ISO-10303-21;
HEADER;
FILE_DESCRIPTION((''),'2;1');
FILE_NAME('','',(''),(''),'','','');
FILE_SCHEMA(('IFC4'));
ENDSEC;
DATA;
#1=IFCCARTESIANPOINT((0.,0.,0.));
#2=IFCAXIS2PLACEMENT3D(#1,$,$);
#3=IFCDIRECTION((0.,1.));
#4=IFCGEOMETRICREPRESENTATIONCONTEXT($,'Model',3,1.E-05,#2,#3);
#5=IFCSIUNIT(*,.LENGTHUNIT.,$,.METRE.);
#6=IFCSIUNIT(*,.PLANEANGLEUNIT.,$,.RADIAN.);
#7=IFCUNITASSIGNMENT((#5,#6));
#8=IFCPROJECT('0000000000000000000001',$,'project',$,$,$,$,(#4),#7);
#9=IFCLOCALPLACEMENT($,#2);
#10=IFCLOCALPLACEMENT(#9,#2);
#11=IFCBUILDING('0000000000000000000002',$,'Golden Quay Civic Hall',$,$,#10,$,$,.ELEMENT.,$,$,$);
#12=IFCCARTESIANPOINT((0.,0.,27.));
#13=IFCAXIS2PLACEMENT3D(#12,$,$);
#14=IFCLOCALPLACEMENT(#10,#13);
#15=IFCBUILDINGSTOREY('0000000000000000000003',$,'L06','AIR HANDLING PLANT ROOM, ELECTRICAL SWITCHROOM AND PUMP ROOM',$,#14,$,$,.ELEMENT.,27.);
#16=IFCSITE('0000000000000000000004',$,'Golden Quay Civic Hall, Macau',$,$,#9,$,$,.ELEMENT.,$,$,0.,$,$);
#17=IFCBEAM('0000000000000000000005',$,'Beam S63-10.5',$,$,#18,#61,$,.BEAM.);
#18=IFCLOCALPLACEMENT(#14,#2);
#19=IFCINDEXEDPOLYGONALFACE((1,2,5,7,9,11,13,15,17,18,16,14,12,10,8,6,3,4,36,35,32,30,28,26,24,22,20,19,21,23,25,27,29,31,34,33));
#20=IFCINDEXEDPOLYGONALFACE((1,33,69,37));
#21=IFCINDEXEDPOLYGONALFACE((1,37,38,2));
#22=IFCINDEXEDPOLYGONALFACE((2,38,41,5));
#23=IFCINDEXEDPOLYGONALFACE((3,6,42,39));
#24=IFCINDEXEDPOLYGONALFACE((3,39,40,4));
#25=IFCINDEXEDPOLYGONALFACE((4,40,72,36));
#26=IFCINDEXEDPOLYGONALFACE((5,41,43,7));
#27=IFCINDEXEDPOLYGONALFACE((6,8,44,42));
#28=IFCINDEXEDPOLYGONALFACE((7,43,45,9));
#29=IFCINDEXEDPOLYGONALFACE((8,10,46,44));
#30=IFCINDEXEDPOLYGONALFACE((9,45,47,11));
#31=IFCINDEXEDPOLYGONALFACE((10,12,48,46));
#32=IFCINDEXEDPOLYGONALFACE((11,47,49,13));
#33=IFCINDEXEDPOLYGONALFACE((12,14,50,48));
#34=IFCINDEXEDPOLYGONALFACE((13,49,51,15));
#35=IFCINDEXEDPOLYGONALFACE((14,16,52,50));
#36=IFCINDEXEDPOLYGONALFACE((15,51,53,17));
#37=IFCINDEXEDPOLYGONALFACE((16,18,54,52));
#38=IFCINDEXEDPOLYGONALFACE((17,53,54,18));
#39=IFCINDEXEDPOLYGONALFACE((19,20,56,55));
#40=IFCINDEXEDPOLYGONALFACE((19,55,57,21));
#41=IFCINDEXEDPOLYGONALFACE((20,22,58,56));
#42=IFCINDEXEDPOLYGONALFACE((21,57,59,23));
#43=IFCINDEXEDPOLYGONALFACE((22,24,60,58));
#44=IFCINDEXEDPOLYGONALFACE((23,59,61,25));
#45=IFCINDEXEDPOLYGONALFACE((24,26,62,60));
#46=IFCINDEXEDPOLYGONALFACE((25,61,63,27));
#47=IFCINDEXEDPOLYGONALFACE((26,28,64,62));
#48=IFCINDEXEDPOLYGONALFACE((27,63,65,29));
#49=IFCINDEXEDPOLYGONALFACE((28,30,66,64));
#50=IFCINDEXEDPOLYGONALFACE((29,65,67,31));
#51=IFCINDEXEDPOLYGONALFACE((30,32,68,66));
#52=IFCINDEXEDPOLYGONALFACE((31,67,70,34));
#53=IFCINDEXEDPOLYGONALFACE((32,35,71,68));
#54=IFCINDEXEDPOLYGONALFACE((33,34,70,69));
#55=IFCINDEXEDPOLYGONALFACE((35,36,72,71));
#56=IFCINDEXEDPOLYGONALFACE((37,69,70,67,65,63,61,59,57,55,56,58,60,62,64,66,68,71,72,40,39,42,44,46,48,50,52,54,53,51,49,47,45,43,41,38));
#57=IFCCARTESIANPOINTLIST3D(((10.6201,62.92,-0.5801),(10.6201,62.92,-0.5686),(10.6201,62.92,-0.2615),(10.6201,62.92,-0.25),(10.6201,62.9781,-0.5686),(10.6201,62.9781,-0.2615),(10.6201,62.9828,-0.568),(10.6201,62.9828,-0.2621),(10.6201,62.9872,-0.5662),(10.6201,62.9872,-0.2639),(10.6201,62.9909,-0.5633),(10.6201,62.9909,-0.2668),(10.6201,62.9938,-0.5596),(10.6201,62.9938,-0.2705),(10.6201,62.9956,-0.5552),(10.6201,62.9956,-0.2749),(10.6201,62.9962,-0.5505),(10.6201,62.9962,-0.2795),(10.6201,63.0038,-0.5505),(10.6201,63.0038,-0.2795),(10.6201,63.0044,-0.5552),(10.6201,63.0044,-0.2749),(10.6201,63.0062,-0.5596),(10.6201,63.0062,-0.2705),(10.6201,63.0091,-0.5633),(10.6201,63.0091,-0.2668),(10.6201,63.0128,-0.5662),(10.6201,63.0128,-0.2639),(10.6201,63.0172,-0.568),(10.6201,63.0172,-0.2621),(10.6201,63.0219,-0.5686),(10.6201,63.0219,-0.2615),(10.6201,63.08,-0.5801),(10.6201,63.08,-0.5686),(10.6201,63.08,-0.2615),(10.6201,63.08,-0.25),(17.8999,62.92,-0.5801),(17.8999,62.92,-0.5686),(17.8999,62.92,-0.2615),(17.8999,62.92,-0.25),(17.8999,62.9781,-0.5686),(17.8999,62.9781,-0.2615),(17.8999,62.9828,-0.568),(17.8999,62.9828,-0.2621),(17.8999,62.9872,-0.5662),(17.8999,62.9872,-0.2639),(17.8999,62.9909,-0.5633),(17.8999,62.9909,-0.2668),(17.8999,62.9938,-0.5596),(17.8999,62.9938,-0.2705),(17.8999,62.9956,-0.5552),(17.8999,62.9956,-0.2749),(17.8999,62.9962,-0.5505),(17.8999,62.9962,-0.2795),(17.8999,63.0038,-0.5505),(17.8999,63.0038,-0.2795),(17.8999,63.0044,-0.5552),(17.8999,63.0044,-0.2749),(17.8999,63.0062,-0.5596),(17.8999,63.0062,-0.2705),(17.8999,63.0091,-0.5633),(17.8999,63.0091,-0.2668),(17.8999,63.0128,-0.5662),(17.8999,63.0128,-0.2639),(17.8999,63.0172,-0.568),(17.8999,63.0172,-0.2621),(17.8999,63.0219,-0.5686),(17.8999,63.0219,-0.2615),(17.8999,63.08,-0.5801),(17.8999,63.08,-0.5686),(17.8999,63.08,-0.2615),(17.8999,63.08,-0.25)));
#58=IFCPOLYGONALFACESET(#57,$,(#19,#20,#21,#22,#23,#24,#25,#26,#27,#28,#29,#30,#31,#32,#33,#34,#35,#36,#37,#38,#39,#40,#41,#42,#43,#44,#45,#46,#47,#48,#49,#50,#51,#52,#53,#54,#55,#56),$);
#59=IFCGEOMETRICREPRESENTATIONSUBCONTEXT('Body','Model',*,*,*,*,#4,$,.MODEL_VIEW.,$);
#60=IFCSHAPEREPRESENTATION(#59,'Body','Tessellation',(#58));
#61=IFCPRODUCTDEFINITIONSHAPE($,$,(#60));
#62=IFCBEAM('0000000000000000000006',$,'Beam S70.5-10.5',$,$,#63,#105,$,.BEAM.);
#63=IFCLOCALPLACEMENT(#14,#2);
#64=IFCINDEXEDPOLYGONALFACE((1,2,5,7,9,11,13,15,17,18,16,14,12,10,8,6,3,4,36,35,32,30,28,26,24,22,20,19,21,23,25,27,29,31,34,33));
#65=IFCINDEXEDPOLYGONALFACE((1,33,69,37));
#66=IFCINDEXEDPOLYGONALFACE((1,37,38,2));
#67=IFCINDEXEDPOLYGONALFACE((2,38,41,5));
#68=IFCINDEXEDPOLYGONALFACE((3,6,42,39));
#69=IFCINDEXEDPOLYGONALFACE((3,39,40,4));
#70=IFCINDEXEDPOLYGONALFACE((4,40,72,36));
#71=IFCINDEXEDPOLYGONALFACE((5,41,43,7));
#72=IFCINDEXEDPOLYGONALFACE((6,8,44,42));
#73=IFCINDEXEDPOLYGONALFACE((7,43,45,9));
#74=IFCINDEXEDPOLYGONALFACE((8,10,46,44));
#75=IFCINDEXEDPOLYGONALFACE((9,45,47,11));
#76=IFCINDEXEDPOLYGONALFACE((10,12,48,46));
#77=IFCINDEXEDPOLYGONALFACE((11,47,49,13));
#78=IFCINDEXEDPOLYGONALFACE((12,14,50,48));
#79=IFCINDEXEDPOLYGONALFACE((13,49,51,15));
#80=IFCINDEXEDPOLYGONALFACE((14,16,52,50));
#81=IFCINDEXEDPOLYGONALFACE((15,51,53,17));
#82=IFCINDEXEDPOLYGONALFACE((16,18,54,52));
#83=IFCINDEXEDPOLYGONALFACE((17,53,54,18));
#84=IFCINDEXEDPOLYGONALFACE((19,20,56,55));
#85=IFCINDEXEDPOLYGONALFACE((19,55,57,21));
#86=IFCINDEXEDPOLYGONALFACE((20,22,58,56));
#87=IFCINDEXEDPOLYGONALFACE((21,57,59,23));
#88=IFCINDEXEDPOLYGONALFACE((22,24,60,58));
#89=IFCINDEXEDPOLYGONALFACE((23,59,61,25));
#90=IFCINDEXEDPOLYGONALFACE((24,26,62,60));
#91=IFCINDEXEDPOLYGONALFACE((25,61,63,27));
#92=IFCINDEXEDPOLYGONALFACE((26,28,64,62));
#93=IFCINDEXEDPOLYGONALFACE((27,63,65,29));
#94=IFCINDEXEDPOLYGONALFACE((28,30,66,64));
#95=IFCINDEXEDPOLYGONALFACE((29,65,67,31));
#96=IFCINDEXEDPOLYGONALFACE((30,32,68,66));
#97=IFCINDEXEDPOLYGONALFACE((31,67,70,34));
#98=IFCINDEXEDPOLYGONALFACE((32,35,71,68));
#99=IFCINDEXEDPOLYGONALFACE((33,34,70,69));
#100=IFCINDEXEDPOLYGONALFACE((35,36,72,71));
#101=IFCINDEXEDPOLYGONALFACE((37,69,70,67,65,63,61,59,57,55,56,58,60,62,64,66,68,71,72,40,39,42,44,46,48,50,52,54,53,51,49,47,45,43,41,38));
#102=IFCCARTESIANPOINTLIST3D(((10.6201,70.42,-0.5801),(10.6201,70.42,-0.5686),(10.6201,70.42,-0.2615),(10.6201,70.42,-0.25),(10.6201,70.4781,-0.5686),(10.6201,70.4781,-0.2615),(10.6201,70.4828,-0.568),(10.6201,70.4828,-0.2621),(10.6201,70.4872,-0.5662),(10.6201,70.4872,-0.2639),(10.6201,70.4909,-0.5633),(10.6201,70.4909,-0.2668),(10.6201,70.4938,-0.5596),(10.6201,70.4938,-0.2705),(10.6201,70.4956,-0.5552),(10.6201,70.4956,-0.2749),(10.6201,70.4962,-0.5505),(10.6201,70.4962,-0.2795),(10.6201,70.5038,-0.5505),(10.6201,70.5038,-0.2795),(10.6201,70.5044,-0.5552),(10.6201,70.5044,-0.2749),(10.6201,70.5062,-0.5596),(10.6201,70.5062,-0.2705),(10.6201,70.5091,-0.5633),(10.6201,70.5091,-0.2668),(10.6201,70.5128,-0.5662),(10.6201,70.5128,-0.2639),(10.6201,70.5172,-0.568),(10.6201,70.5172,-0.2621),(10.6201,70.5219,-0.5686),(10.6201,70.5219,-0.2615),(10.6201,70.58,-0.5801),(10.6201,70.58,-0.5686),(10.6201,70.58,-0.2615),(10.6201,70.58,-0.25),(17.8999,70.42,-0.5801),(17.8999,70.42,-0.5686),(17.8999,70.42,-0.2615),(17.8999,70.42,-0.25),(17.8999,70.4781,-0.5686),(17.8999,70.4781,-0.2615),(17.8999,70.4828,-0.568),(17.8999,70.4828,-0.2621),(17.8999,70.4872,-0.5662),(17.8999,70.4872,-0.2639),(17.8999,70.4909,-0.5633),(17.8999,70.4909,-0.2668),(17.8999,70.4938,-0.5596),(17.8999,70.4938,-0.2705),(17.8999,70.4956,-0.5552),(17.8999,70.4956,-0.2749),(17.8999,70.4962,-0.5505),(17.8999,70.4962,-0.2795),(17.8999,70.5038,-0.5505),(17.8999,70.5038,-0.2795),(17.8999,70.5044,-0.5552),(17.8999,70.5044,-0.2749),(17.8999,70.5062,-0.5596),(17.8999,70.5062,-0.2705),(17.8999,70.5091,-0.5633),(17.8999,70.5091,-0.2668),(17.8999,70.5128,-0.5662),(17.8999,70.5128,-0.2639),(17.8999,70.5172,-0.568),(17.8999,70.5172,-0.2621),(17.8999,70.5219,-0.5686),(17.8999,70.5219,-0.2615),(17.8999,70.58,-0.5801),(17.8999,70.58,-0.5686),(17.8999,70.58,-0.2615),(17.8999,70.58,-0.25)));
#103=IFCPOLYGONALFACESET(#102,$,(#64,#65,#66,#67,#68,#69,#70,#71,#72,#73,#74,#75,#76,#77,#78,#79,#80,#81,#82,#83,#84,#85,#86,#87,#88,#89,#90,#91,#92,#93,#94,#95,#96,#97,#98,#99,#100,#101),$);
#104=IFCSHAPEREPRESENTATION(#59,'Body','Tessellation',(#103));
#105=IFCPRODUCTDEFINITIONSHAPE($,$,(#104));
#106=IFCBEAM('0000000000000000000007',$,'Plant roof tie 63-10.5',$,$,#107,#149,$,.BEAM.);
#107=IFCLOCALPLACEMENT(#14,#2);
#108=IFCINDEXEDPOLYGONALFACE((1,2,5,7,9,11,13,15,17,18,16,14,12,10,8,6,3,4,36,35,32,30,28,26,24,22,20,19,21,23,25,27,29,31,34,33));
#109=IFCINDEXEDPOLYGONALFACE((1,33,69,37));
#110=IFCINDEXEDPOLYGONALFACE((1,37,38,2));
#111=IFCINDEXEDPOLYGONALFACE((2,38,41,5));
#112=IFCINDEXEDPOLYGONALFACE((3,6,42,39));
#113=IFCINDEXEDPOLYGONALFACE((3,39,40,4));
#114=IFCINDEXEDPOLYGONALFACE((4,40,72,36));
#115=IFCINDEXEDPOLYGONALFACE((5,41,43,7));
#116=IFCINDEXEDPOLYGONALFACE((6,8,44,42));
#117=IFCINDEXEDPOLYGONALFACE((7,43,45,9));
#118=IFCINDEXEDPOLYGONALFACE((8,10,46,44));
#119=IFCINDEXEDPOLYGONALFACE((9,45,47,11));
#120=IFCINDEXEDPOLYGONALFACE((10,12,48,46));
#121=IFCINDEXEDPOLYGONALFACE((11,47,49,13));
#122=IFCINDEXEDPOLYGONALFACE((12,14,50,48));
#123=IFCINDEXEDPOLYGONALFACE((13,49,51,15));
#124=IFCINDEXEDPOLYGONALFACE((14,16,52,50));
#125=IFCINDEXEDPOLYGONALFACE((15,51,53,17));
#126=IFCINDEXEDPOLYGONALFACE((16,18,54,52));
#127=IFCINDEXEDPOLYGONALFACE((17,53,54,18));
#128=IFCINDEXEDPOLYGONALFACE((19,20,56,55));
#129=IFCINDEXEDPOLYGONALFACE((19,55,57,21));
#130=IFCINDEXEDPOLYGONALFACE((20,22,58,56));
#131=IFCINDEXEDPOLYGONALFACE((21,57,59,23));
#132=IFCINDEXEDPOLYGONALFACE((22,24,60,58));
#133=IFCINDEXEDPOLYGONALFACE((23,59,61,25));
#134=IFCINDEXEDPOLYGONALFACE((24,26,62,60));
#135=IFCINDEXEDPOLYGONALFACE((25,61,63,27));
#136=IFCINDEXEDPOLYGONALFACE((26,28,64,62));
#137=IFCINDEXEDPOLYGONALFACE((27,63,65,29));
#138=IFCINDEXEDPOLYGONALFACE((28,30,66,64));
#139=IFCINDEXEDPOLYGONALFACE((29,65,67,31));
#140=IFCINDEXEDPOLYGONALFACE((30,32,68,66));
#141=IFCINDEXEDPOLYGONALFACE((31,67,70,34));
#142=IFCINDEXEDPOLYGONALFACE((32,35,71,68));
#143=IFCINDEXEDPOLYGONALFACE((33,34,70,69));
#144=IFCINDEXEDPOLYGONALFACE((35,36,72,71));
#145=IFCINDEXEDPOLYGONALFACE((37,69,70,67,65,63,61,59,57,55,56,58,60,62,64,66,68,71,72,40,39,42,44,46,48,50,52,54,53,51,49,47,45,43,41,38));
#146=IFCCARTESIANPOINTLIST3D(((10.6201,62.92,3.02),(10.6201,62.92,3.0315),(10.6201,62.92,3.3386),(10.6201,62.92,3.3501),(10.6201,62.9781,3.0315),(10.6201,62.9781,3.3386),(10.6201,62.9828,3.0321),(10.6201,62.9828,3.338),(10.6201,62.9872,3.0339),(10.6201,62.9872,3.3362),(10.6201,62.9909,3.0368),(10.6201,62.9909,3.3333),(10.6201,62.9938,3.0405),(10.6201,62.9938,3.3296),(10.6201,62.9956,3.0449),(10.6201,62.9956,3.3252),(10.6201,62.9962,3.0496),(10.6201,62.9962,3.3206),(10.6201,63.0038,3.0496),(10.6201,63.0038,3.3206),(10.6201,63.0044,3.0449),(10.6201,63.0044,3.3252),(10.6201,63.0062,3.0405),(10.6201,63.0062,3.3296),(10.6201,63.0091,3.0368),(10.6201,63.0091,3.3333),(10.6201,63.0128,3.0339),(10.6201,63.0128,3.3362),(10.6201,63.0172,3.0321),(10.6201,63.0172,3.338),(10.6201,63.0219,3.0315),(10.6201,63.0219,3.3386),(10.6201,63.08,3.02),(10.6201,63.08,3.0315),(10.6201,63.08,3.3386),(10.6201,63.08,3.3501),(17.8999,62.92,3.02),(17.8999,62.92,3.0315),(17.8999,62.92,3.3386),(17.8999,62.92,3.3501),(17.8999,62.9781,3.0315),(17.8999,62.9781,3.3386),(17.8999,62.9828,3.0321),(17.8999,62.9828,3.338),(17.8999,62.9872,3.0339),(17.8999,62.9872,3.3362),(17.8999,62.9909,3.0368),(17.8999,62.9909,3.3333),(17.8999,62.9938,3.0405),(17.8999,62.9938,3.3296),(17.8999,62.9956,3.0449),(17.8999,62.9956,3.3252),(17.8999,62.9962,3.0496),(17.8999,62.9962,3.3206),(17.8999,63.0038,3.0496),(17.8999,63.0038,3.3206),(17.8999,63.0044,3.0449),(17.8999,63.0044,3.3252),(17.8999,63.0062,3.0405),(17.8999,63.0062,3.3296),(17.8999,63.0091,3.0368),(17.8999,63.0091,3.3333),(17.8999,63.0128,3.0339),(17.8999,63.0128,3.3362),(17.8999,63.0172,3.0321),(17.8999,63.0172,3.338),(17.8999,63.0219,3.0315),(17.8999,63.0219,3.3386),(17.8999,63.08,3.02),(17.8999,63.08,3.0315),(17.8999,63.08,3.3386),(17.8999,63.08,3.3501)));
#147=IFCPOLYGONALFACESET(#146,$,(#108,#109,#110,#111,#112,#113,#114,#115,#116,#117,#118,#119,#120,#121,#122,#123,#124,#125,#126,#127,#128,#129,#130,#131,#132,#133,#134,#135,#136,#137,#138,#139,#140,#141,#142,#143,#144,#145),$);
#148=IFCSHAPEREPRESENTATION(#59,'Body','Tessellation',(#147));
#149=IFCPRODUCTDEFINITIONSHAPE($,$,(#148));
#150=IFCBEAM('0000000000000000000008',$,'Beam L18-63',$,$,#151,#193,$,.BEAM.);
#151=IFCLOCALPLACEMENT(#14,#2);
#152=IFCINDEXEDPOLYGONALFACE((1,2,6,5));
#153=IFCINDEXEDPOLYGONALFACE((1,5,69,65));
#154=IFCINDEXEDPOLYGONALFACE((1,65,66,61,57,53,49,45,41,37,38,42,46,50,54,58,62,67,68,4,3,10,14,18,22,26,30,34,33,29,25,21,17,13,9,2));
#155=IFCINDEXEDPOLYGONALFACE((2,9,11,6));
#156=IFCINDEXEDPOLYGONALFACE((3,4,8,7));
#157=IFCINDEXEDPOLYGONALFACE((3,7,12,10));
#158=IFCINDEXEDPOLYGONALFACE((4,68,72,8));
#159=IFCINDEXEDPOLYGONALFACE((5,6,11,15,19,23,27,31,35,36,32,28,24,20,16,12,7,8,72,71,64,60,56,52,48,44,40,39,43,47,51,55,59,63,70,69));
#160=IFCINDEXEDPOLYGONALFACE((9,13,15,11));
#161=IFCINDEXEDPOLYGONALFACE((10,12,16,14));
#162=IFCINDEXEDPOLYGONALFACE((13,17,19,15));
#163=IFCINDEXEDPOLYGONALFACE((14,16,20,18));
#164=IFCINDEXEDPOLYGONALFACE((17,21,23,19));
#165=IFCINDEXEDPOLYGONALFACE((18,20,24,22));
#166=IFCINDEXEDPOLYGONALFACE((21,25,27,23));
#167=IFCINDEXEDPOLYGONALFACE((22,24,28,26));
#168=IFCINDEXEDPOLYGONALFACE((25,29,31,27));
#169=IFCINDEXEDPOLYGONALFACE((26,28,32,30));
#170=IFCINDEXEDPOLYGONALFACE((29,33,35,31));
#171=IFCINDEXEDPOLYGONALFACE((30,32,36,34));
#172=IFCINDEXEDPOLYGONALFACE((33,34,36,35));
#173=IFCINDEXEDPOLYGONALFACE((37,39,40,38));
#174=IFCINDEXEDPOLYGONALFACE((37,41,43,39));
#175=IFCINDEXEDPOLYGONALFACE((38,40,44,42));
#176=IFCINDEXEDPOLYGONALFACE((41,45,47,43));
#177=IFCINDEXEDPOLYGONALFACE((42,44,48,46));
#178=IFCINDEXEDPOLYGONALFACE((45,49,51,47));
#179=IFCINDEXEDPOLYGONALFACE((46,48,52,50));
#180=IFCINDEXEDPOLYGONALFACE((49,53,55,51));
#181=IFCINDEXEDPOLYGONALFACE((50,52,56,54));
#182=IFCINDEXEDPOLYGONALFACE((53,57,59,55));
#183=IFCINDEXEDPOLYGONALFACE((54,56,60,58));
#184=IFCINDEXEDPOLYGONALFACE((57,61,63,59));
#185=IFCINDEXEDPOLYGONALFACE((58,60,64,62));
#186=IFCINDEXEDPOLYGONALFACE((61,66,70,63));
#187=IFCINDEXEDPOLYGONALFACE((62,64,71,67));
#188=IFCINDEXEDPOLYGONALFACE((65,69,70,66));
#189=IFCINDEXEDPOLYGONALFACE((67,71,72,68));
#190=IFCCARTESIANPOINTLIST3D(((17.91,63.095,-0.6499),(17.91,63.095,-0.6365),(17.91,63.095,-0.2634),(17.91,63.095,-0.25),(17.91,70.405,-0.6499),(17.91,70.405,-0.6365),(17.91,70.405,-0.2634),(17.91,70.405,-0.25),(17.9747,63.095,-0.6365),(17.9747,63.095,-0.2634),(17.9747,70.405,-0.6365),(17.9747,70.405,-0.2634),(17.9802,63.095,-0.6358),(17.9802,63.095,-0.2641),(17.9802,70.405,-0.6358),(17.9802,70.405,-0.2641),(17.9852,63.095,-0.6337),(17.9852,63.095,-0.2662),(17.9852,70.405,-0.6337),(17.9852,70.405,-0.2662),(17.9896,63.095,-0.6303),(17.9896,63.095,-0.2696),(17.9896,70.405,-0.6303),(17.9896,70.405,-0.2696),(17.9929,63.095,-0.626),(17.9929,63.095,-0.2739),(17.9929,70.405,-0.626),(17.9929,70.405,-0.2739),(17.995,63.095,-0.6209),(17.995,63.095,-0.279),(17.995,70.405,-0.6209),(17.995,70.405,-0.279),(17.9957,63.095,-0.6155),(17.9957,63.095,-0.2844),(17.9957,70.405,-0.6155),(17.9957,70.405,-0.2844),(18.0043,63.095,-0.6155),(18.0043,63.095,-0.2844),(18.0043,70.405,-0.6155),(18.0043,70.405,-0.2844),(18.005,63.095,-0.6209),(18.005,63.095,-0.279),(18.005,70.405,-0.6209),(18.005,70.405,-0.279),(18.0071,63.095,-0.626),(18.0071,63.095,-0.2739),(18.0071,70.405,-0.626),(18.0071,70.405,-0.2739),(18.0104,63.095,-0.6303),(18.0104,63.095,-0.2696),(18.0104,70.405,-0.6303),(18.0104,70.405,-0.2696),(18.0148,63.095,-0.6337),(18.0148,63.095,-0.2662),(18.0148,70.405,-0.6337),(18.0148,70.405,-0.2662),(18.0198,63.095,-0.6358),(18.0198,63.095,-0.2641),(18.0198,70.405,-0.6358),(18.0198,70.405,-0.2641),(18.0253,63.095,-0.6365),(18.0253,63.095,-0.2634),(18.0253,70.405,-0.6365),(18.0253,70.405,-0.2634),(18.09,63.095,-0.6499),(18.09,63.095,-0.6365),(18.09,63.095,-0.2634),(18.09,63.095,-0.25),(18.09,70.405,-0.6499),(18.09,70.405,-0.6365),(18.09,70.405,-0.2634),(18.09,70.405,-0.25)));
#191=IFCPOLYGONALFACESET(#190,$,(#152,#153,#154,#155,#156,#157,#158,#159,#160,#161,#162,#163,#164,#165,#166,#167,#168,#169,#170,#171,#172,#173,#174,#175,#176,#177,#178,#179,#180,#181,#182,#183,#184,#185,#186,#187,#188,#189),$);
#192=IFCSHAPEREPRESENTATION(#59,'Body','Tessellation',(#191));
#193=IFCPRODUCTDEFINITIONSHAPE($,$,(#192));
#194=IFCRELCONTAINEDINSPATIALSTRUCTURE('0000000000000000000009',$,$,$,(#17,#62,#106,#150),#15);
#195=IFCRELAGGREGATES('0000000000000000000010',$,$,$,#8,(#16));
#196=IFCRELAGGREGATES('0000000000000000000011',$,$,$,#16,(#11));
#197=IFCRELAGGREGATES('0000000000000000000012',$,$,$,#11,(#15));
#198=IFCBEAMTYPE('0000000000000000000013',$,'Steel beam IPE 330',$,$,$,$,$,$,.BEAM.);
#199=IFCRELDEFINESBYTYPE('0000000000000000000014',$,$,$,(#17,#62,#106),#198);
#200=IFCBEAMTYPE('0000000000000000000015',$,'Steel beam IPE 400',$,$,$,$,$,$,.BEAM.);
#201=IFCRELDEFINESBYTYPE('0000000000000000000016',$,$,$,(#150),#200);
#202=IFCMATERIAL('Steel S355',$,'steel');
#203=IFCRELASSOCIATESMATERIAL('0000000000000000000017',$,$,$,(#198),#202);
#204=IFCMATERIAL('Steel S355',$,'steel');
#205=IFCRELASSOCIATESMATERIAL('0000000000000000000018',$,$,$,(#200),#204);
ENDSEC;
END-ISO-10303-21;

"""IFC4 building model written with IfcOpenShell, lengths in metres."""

from ifc_helpers import new_model, si_unit, direction, frame, origin, origin_2d, place, context, subcontext, project, spatial, i_section, extrude, material, material_profile, profile_set, type_object, element, save


model = new_model("IFC4")

# Units and contexts
model_context = context("Model", 3, precision=1e-05, world=origin(), true_north=direction((0.0, 1.0)))
body_context = subcontext(model_context, "Body", "Model", "MODEL_VIEW")
ifc_project = project(units=[si_unit("LENGTHUNIT", "METRE"), si_unit("PLANEANGLEUNIT", "RADIAN")], contexts=[model_context])

# Site, building, storey
site_placement = place(None, origin())
site = spatial("IfcSite", under=ifc_project, at=site_placement, Name="Golden Quay Civic Hall, Macau", CompositionType="ELEMENT", RefElevation=0.0)
building_placement = place(site_placement, origin())
building = spatial("IfcBuilding", under=site, at=building_placement, Name="Golden Quay Civic Hall", CompositionType="ELEMENT")
storey_placement = place(building_placement, frame((0.0, 0.0, 27.0)))
storey = spatial("IfcBuildingStorey", under=building, at=storey_placement, Name="L06", Description="AIR HANDLING PLANT ROOM, ELECTRICAL SWITCHROOM AND PUMP ROOM", CompositionType="ELEMENT", Elevation=27.0)

# Beams
ifc_material_1 = material(Name="Steel S355", Category="steel")
ifc_material_profile_1 = material_profile(ifc_material_1, i_section(OverallWidth=0.1599, OverallDepth=0.3301, WebThickness=0.0076, FlangeThickness=0.0115, FilletRadius=0.0181, at=origin_2d()), Name="IPE 330")
ifc_profile_set_1 = profile_set([ifc_material_profile_1], Name="Steel S355")
beam_type_1 = type_object("IfcBeamType", Name="Steel beam IPE 330", PredefinedType="BEAM", material=ifc_profile_set_1)
for number, where, z_axis, x_axis, name in (
    (1, (10.6201, 63.0, -0.415), (1.0, 0.0, 0.0), (0.0, 1.0, 0.0), "Beam S63-10.5"),
    (2, (10.6201, 70.5, -0.415), (1.0, 0.0, 0.0), (0.0, 1.0, 0.0), "Beam S70.5-10.5"),
    (3, (10.6201, 63.0, 3.1851), (1.0, 0.0, 0.0), (0.0, 1.0, 0.0), "Plant roof tie 63-10.5"),
):
    element("IfcBeam", number, at=place(storey_placement, frame(where, z_axis=z_axis, x_axis=x_axis)), inside=storey, type_object=beam_type_1, Name=name, PredefinedType="BEAM", context=body_context, shape_type="SweptSolid", body=[
        extrude(i_section(OverallWidth=0.1599, OverallDepth=0.3301, WebThickness=0.0076, FlangeThickness=0.0115, FilletRadius=0.0181, at=origin_2d()), origin(), (0.0, 0.0, 1.0), 7.2798),
    ])
ifc_material_2 = material(Name="Steel S355", Category="steel")
ifc_material_profile_2 = material_profile(ifc_material_2, i_section(OverallWidth=0.1799, OverallDepth=0.3999, WebThickness=0.0085, FlangeThickness=0.0134, FilletRadius=0.021, at=origin_2d()), Name="IPE 400")
ifc_profile_set_2 = profile_set([ifc_material_profile_2], Name="Steel S355")
beam_type_2 = type_object("IfcBeamType", Name="Steel beam IPE 400", PredefinedType="BEAM", material=ifc_profile_set_2)
beam_1_placement = place(storey_placement, frame((18.0, 63.095, -0.45), z_axis=(0.0, 1.0, 0.0), x_axis=(-1.0, 0.0, 0.0)))
element("IfcBeam", 4, at=beam_1_placement, inside=storey, type_object=beam_type_2, Name="Beam L18-63", PredefinedType="BEAM", context=body_context, shape_type="SweptSolid", body=[
    extrude(i_section(OverallWidth=0.1799, OverallDepth=0.3999, WebThickness=0.0085, FlangeThickness=0.0134, FilletRadius=0.021, at=origin_2d()), origin(), (0.0, 0.0, 1.0), 7.3101),
])

save(model, "model.ifc")
